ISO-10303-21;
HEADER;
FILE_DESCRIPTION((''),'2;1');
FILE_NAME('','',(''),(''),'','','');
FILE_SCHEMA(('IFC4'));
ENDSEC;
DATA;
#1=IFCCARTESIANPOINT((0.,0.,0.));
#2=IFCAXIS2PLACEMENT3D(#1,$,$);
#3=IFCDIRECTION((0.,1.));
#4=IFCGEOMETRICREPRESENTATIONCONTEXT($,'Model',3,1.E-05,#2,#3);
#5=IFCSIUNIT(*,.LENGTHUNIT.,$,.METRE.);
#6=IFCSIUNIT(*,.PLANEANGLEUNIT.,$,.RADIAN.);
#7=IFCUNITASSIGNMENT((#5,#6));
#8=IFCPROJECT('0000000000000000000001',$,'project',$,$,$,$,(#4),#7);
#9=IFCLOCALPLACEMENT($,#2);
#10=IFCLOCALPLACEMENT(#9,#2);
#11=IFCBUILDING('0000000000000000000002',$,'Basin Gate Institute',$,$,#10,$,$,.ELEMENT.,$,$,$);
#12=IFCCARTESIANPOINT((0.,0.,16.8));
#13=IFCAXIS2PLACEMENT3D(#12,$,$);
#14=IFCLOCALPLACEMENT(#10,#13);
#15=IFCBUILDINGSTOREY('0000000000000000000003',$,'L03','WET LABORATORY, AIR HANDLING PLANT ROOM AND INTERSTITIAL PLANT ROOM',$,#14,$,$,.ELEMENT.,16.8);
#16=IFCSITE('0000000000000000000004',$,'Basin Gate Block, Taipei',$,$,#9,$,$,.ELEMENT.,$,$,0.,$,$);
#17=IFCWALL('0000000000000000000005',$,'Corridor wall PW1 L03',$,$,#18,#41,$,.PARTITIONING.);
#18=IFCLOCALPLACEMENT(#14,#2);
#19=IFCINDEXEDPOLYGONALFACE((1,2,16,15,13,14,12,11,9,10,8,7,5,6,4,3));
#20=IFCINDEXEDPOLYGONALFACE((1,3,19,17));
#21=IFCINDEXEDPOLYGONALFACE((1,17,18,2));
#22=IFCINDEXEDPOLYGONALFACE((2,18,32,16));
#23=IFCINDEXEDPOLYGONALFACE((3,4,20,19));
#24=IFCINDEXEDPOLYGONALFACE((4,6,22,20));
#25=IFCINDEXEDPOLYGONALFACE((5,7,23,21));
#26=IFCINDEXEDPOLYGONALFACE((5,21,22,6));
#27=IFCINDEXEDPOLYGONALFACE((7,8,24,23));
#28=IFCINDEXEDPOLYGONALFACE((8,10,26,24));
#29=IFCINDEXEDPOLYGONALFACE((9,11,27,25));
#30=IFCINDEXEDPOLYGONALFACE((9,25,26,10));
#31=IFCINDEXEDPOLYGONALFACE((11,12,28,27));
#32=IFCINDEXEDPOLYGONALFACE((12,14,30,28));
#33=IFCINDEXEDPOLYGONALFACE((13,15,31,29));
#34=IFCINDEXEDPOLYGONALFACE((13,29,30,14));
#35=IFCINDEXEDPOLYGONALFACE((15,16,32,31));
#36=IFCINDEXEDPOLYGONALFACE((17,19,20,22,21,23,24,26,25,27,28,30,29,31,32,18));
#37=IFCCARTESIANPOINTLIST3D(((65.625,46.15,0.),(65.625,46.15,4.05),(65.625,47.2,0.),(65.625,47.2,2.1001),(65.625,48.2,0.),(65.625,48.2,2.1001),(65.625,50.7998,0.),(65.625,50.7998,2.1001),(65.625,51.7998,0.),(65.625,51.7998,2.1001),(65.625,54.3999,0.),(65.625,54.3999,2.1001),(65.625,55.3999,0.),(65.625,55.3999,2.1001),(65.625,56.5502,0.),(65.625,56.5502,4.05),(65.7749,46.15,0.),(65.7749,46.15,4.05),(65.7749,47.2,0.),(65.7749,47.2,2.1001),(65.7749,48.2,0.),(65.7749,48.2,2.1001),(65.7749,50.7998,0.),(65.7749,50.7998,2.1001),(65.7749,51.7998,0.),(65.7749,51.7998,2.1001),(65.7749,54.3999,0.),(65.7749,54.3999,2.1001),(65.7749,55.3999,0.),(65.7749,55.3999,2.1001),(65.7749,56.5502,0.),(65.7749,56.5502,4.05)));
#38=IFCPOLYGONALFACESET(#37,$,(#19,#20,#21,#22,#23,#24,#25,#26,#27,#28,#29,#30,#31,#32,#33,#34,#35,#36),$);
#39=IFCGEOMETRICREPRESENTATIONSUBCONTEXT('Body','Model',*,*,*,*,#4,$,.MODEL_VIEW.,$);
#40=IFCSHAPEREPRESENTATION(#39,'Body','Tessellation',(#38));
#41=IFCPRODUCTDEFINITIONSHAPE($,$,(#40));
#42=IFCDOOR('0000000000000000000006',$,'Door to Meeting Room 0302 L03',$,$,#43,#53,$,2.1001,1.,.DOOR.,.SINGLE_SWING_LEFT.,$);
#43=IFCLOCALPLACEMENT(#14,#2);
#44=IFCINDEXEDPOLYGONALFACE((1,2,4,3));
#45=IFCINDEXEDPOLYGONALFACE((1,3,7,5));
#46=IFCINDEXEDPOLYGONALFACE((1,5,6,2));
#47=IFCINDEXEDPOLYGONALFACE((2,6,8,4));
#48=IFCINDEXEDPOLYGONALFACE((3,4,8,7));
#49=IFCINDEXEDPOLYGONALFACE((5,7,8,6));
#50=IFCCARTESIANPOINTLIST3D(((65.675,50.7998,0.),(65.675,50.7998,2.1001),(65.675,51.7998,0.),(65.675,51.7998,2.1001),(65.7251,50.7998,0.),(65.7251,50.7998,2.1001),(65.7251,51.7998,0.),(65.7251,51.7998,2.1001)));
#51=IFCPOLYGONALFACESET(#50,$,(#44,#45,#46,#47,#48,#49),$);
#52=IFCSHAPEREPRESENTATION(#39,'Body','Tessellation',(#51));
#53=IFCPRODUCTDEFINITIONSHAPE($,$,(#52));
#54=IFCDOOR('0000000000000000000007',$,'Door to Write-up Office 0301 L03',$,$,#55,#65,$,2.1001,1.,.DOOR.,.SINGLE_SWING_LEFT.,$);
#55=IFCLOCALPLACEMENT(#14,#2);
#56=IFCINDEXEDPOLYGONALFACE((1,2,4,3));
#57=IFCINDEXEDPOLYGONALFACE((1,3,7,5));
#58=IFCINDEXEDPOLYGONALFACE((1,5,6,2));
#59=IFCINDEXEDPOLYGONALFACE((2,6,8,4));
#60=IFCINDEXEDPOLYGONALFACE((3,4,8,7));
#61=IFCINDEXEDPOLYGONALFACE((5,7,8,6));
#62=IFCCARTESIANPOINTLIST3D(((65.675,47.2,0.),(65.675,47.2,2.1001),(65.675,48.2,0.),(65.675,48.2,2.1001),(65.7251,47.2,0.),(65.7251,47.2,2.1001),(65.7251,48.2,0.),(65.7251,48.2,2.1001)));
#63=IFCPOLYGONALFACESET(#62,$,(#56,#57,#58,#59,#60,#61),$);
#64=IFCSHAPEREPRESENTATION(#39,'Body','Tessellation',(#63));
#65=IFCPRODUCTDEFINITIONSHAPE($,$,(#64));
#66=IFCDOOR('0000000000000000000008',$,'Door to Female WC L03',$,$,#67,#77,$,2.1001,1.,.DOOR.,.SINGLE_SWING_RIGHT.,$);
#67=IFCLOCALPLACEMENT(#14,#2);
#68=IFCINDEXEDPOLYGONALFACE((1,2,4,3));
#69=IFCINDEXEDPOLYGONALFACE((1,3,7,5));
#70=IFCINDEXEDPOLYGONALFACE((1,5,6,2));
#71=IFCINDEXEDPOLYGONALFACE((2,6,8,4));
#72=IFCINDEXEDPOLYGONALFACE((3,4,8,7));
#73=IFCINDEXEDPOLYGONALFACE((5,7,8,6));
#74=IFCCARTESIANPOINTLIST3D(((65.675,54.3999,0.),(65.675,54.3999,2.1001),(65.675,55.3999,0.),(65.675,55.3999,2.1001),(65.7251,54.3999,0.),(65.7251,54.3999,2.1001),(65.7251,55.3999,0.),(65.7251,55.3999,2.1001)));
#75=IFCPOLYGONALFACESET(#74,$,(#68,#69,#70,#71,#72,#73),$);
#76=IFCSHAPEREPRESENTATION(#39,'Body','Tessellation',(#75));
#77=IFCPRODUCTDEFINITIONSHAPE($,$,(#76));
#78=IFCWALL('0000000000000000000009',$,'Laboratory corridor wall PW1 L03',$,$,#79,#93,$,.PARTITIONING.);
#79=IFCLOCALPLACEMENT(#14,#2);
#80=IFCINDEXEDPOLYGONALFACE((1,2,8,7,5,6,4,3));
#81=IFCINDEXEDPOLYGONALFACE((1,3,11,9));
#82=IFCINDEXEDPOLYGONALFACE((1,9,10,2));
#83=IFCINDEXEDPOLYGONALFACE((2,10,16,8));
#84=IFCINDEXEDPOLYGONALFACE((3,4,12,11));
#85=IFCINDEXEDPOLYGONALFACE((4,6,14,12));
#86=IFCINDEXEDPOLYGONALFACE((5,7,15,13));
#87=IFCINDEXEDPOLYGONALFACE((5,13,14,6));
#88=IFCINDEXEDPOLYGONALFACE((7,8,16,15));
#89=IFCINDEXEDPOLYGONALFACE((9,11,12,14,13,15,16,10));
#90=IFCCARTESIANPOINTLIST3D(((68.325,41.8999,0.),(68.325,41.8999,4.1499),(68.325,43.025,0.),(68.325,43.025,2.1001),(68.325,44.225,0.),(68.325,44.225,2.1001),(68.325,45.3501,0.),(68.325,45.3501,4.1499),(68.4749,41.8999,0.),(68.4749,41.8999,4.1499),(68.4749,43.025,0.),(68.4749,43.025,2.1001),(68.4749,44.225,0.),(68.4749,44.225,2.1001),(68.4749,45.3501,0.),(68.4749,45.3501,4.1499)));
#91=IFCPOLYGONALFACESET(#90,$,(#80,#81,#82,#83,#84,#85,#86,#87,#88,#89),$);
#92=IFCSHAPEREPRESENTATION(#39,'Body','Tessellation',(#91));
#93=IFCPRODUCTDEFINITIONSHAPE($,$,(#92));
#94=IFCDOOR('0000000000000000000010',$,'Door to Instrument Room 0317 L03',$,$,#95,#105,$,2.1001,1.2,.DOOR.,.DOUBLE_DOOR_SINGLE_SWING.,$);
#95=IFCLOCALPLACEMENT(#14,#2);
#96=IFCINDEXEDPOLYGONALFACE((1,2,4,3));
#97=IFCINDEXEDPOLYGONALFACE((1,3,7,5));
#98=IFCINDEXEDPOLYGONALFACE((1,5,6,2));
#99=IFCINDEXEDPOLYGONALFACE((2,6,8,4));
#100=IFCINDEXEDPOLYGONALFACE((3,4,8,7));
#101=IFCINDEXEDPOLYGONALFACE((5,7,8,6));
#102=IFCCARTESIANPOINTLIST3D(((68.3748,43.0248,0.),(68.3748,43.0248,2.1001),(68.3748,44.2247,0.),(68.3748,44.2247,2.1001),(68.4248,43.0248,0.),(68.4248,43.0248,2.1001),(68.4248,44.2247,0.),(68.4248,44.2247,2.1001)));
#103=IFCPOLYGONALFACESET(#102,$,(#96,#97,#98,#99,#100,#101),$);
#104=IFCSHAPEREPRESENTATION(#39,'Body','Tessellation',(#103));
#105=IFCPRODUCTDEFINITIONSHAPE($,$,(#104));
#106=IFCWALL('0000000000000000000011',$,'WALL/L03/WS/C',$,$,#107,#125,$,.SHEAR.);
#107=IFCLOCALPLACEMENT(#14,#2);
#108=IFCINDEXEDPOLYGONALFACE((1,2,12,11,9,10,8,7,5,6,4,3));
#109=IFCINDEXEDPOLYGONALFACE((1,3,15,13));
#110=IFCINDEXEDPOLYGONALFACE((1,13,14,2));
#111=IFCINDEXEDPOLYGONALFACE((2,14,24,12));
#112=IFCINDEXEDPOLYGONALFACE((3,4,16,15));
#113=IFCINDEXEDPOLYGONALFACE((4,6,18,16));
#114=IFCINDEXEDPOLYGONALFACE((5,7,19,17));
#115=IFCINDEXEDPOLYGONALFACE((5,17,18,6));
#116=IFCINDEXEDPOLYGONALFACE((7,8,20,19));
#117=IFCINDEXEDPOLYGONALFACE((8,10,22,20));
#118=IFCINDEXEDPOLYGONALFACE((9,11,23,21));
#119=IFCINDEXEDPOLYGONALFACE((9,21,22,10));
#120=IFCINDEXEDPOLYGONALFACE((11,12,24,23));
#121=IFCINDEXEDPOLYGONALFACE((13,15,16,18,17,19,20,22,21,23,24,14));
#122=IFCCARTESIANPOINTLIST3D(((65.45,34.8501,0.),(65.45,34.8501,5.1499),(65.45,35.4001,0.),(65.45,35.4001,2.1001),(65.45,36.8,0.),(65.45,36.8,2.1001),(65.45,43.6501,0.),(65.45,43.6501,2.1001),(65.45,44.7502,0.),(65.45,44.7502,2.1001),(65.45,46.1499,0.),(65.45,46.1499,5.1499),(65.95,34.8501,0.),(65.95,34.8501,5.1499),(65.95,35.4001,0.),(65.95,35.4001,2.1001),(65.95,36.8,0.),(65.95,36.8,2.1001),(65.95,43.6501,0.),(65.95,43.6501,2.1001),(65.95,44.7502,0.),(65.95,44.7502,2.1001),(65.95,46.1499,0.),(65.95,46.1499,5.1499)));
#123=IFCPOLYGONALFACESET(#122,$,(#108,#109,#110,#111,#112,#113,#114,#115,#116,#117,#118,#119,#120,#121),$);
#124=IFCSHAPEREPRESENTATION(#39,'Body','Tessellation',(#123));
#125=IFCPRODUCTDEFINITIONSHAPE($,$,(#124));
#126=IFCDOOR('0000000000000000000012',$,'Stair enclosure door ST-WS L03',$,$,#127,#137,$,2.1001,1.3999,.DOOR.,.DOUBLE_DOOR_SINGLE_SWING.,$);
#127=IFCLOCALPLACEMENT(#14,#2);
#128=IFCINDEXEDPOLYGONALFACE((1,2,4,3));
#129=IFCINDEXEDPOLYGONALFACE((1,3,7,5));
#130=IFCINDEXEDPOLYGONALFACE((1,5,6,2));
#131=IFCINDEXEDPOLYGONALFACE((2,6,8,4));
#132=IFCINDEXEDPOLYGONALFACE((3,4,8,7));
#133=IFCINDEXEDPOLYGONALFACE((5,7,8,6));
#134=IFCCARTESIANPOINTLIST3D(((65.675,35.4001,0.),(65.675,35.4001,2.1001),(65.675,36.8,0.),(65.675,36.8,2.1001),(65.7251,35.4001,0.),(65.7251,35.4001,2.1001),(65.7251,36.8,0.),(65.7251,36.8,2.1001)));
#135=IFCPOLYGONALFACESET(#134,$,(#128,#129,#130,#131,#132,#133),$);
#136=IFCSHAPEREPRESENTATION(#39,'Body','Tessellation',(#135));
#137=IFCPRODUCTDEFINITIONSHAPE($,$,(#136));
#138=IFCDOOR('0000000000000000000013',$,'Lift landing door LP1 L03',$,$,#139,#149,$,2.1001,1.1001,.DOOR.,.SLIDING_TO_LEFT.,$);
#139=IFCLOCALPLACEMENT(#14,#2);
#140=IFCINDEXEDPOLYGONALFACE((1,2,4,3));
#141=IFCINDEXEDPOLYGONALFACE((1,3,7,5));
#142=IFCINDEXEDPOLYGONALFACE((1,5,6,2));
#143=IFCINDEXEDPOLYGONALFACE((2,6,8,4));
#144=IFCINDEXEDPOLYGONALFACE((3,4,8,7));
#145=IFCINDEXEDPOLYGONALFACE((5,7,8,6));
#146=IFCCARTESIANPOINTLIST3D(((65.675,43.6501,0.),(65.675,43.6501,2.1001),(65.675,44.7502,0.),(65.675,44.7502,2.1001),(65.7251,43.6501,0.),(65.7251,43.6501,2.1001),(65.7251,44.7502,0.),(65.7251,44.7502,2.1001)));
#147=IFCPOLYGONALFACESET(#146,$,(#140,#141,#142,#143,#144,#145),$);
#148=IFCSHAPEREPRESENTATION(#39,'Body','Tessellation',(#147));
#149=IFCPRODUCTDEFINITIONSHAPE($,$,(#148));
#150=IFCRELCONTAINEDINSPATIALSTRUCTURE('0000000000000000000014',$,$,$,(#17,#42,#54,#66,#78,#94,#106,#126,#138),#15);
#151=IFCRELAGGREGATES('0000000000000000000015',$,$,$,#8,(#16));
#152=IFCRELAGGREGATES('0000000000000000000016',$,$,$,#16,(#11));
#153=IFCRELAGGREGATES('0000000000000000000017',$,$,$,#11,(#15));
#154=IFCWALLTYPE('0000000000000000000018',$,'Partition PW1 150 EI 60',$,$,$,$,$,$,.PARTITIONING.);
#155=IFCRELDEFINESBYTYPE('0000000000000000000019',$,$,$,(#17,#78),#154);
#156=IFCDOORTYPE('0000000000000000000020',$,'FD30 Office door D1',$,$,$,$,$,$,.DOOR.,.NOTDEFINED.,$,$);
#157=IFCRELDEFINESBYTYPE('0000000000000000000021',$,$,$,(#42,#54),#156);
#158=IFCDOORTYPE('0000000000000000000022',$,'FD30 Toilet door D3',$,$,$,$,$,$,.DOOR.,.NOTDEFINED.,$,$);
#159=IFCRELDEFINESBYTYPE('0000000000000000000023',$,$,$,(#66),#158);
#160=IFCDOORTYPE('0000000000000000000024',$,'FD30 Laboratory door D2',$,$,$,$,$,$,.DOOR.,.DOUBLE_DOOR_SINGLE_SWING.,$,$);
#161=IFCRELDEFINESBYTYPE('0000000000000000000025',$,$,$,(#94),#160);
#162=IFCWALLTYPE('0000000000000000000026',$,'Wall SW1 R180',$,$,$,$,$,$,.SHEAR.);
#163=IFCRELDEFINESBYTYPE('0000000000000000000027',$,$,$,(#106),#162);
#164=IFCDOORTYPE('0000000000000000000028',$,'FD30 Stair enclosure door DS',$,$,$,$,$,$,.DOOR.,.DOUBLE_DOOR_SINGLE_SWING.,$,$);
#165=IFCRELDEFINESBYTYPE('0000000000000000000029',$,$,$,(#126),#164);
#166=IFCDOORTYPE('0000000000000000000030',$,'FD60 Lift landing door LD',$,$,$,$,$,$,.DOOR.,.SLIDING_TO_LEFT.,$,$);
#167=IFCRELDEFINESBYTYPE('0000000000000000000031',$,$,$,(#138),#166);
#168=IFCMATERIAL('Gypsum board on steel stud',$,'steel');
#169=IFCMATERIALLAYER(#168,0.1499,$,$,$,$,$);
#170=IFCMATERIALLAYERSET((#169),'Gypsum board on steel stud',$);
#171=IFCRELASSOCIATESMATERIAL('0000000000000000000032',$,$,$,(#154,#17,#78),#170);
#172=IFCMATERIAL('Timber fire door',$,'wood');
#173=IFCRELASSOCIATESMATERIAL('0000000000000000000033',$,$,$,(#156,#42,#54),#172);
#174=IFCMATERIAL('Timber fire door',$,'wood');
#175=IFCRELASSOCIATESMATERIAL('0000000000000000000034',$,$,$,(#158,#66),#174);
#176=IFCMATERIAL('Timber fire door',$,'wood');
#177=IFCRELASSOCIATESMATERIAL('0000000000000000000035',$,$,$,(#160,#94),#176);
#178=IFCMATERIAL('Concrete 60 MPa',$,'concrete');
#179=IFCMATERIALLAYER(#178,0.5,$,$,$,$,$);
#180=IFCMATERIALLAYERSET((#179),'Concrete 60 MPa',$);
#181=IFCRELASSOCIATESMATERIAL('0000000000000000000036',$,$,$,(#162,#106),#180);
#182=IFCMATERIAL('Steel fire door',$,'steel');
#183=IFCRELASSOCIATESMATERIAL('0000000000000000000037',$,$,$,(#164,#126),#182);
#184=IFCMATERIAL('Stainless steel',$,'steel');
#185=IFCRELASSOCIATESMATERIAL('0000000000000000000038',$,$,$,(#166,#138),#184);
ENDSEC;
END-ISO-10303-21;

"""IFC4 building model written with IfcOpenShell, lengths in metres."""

from ifc_helpers import new_model, si_unit, direction, frame, frame_2d, origin, place, context, subcontext, project, spatial, rectangle, extrude, material, layer, layer_set, type_object, element, fill, save


model = new_model("IFC4")

# Units and contexts
model_context = context("Model", 3, precision=1e-05, world=origin(), true_north=direction((0.0, 1.0)))
body_context = subcontext(model_context, "Body", "Model", "MODEL_VIEW")
ifc_project = project(units=[si_unit("LENGTHUNIT", "METRE"), si_unit("PLANEANGLEUNIT", "RADIAN")], contexts=[model_context])

# Site, building, storey
site_placement = place(None, origin())
site = spatial("IfcSite", under=ifc_project, at=site_placement, Name="Basin Gate Block, Taipei", CompositionType="ELEMENT", RefElevation=0.0)
building_placement = place(site_placement, origin())
building = spatial("IfcBuilding", under=site, at=building_placement, Name="Basin Gate Institute", CompositionType="ELEMENT")
storey_placement = place(building_placement, frame((0.0, 0.0, 16.8)))
storey = spatial("IfcBuildingStorey", under=building, at=storey_placement, Name="L03", Description="WET LABORATORY, AIR HANDLING PLANT ROOM AND INTERSTITIAL PLANT ROOM", CompositionType="ELEMENT", Elevation=16.8)

# Wall, openings, doors
ifc_material_1 = material(Name="Gypsum board on steel stud", Category="steel")
ifc_layer_1 = layer(ifc_material_1, 0.1499)
ifc_layer_set_1 = layer_set([ifc_layer_1], Name="Gypsum board on steel stud")
wall_type_1 = type_object("IfcWallType", Name="Partition PW1 150 EI 60", PredefinedType="PARTITIONING", material=ifc_layer_set_1)
wall_1_placement = place(storey_placement, frame((65.7, 46.1499, 0.0), z_axis=(0.0, 0.0, 1.0), x_axis=(0.0, 1.0, 0.0)))
wall_1 = element("IfcWall", 1, at=wall_1_placement, inside=storey, type_object=wall_type_1, material=ifc_layer_set_1, Name="Corridor wall PW1 L03", PredefinedType="PARTITIONING", context=body_context, shape_type="SweptSolid", body=[
    extrude(rectangle(XDim=10.4001, YDim=0.1499, at=frame_2d((5.2002, 0.0))), origin(), (0.0, 0.0, 1.0), 4.05),
])
opening_1_placement = place(wall_1_placement, frame((8.25, 0.0, 0.0)))
opening_1 = element("IfcOpeningElement", 2, at=opening_1_placement, cuts=wall_1, PredefinedType="OPENING", context=body_context, shape_type="SweptSolid", body=[
    extrude(rectangle(XDim=1.0, YDim=2.1001, at=frame_2d((0.5, 1.05))), frame((0.0, 0.085, 0.0), z_axis=(0.0, -1.0, 0.0), x_axis=(1.0, 0.0, 0.0)), (0.0, 0.0, 1.0), 0.1699),
])
opening_2_placement = place(wall_1_placement, frame((4.6499, 0.0, 0.0)))
opening_2 = element("IfcOpeningElement", 3, at=opening_2_placement, cuts=wall_1, PredefinedType="OPENING", context=body_context, shape_type="SweptSolid", body=[
    extrude(rectangle(XDim=1.0, YDim=2.1001, at=frame_2d((0.5, 1.05))), frame((0.0, 0.085, 0.0), z_axis=(0.0, -1.0, 0.0), x_axis=(1.0, 0.0, 0.0)), (0.0, 0.0, 1.0), 0.1699),
])
opening_3_placement = place(wall_1_placement, frame((1.05, 0.0, 0.0)))
opening_3 = element("IfcOpeningElement", 4, at=opening_3_placement, cuts=wall_1, PredefinedType="OPENING", context=body_context, shape_type="SweptSolid", body=[
    extrude(rectangle(XDim=1.0, YDim=2.1001, at=frame_2d((0.5, 1.05))), frame((0.0, 0.085, 0.0), z_axis=(0.0, -1.0, 0.0), x_axis=(1.0, 0.0, 0.0)), (0.0, 0.0, 1.0), 0.1699),
])
ifc_material_2 = material(Name="Timber fire door", Category="wood")
door_type_1 = type_object("IfcDoorType", Name="FD30 Office door D1", OperationType="NOTDEFINED", PredefinedType="DOOR", material=ifc_material_2)
door_1_placement = place(opening_2_placement, origin())
door_1 = element("IfcDoor", 5, at=door_1_placement, inside=storey, type_object=door_type_1, material=ifc_material_2, Name="Door to Meeting Room 0302 L03", OperationType="SINGLE_SWING_LEFT", OverallHeight=2.1001, OverallWidth=1.0, PredefinedType="DOOR", context=body_context, shape_type="SweptSolid", body=[
    extrude(rectangle(XDim=1.0, YDim=2.1001, at=frame_2d((0.5, 1.05))), frame((0.0, 0.0249, 0.0), z_axis=(0.0, -1.0, 0.0), x_axis=(1.0, 0.0, 0.0)), (0.0, 0.0, 1.0), 0.05),
])
fill(opening_2, door_1)
door_2_placement = place(opening_3_placement, origin())
door_2 = element("IfcDoor", 6, at=door_2_placement, inside=storey, type_object=door_type_1, material=ifc_material_2, Name="Door to Write-up Office 0301 L03", OperationType="SINGLE_SWING_LEFT", OverallHeight=2.1001, OverallWidth=1.0, PredefinedType="DOOR", context=body_context, shape_type="SweptSolid", body=[
    extrude(rectangle(XDim=1.0, YDim=2.1001, at=frame_2d((0.5, 1.05))), frame((0.0, 0.0249, 0.0), z_axis=(0.0, -1.0, 0.0), x_axis=(1.0, 0.0, 0.0)), (0.0, 0.0, 1.0), 0.05),
])
fill(opening_3, door_2)
ifc_material_3 = material(Name="Timber fire door", Category="wood")
door_type_2 = type_object("IfcDoorType", Name="FD30 Toilet door D3", OperationType="NOTDEFINED", PredefinedType="DOOR", material=ifc_material_3)
door_3_placement = place(opening_1_placement, origin())
door_3 = element("IfcDoor", 7, at=door_3_placement, inside=storey, type_object=door_type_2, material=ifc_material_3, Name="Door to Female WC L03", OperationType="SINGLE_SWING_RIGHT", OverallHeight=2.1001, OverallWidth=1.0, PredefinedType="DOOR", context=body_context, shape_type="SweptSolid", body=[
    extrude(rectangle(XDim=1.0, YDim=2.1001, at=frame_2d((0.5, 1.05))), frame((0.0, 0.0249, 0.0), z_axis=(0.0, -1.0, 0.0), x_axis=(1.0, 0.0, 0.0)), (0.0, 0.0, 1.0), 0.05),
])
fill(opening_1, door_3)

# Wall, opening, door
wall_2_placement = place(storey_placement, frame((68.3999, 41.8999, 0.0), z_axis=(0.0, 0.0, 1.0), x_axis=(0.0, 1.0, 0.0)))
wall_2 = element("IfcWall", 8, at=wall_2_placement, inside=storey, type_object=wall_type_1, material=ifc_layer_set_1, Name="Laboratory corridor wall PW1 L03", PredefinedType="PARTITIONING", context=body_context, shape_type="SweptSolid", body=[
    extrude(rectangle(XDim=3.4502, YDim=0.1499, at=frame_2d((1.7251, 0.0))), origin(), (0.0, 0.0, 1.0), 4.1499),
])
opening_4_placement = place(wall_2_placement, frame((1.125, 0.0, 0.0)))
opening_4 = element("IfcOpeningElement", 9, at=opening_4_placement, cuts=wall_2, PredefinedType="OPENING", context=body_context, shape_type="SweptSolid", body=[
    extrude(rectangle(XDim=1.2, YDim=2.1001, at=frame_2d((0.6001, 1.05))), frame((0.0, 0.085, 0.0), z_axis=(0.0, -1.0, 0.0), x_axis=(1.0, 0.0, 0.0)), (0.0, 0.0, 1.0), 0.1699),
])
ifc_material_4 = material(Name="Timber fire door", Category="wood")
door_type_3 = type_object("IfcDoorType", Name="FD30 Laboratory door D2", OperationType="DOUBLE_DOOR_SINGLE_SWING", PredefinedType="DOOR", material=ifc_material_4)
door_4_placement = place(opening_4_placement, frame((1.2, 0.0, 0.0), z_axis=(0.0, 0.0, 1.0), x_axis=(-1.0, 0.0, 0.0)))
door_4 = element("IfcDoor", 10, at=door_4_placement, inside=storey, type_object=door_type_3, material=ifc_material_4, Name="Door to Instrument Room 0317 L03", OperationType="DOUBLE_DOOR_SINGLE_SWING", OverallHeight=2.1001, OverallWidth=1.2, PredefinedType="DOOR", context=body_context, shape_type="SweptSolid", body=[
    extrude(rectangle(XDim=1.2, YDim=2.1001, at=frame_2d((0.6001, 1.05))), frame((0.0, 0.0249, 0.0), z_axis=(0.0, -1.0, 0.0), x_axis=(1.0, 0.0, 0.0)), (0.0, 0.0, 1.0), 0.05),
])
fill(opening_4, door_4)

# Wall, openings, doors
ifc_material_5 = material(Name="Concrete 60 MPa", Category="concrete")
ifc_layer_2 = layer(ifc_material_5, 0.5)
ifc_layer_set_2 = layer_set([ifc_layer_2], Name="Concrete 60 MPa")
wall_type_2 = type_object("IfcWallType", Name="Wall SW1 R180", PredefinedType="SHEAR", material=ifc_layer_set_2)
wall_3_placement = place(storey_placement, frame((65.7, 34.8501, 0.0), z_axis=(0.0, 0.0, 1.0), x_axis=(0.0, 1.0, 0.0)))
wall_3 = element("IfcWall", 11, at=wall_3_placement, inside=storey, type_object=wall_type_2, material=ifc_layer_set_2, Name="WALL/L03/WS/C", PredefinedType="SHEAR", context=body_context, shape_type="SweptSolid", body=[
    extrude(rectangle(XDim=11.2998, YDim=0.5, at=frame_2d((5.6499, 0.0))), origin(), (0.0, 0.0, 1.0), 5.1499),
])
opening_5_placement = place(wall_3_placement, frame((0.55, 0.0, 0.0)))
opening_5 = element("IfcOpeningElement", 12, at=opening_5_placement, cuts=wall_3, PredefinedType="OPENING", context=body_context, shape_type="SweptSolid", body=[
    extrude(rectangle(XDim=1.3999, YDim=2.1001, at=frame_2d((0.7, 1.05))), frame((0.0, 0.26, 0.0), z_axis=(0.0, -1.0, 0.0), x_axis=(1.0, 0.0, 0.0)), (0.0, 0.0, 1.0), 0.52),
])
opening_6_placement = place(wall_3_placement, frame((8.8, 0.0, 0.0)))
opening_6 = element("IfcOpeningElement", 13, at=opening_6_placement, cuts=wall_3, PredefinedType="OPENING", context=body_context, shape_type="SweptSolid", body=[
    extrude(rectangle(XDim=1.1001, YDim=2.1001, at=frame_2d((0.55, 1.05))), frame((0.0, 0.26, 0.0), z_axis=(0.0, -1.0, 0.0), x_axis=(1.0, 0.0, 0.0)), (0.0, 0.0, 1.0), 0.52),
])
ifc_material_6 = material(Name="Steel fire door", Category="steel")
door_type_4 = type_object("IfcDoorType", Name="FD30 Stair enclosure door DS", OperationType="DOUBLE_DOOR_SINGLE_SWING", PredefinedType="DOOR", material=ifc_material_6)
door_5_placement = place(opening_5_placement, origin())
door_5 = element("IfcDoor", 14, at=door_5_placement, inside=storey, type_object=door_type_4, material=ifc_material_6, Name="Stair enclosure door ST-WS L03", OperationType="DOUBLE_DOOR_SINGLE_SWING", OverallHeight=2.1001, OverallWidth=1.3999, PredefinedType="DOOR", context=body_context, shape_type="SweptSolid", body=[
    extrude(rectangle(XDim=1.3999, YDim=2.1001, at=frame_2d((0.7, 1.05))), frame((0.0, 0.0249, 0.0), z_axis=(0.0, -1.0, 0.0), x_axis=(1.0, 0.0, 0.0)), (0.0, 0.0, 1.0), 0.05),
])
fill(opening_5, door_5)
ifc_material_7 = material(Name="Stainless steel", Category="steel")
door_type_5 = type_object("IfcDoorType", Name="FD60 Lift landing door LD", OperationType="SLIDING_TO_LEFT", PredefinedType="DOOR", material=ifc_material_7)
door_6_placement = place(opening_6_placement, origin())
door_6 = element("IfcDoor", 15, at=door_6_placement, inside=storey, type_object=door_type_5, material=ifc_material_7, Name="Lift landing door LP1 L03", OperationType="SLIDING_TO_LEFT", OverallHeight=2.1001, OverallWidth=1.1001, PredefinedType="DOOR", context=body_context, shape_type="SweptSolid", body=[
    extrude(rectangle(XDim=1.1001, YDim=2.1001, at=frame_2d((0.55, 1.05))), frame((0.0, 0.0249, 0.0), z_axis=(0.0, -1.0, 0.0), x_axis=(1.0, 0.0, 0.0)), (0.0, 0.0, 1.0), 0.05),
])
fill(opening_6, door_6)

save(model, "model.ifc")
